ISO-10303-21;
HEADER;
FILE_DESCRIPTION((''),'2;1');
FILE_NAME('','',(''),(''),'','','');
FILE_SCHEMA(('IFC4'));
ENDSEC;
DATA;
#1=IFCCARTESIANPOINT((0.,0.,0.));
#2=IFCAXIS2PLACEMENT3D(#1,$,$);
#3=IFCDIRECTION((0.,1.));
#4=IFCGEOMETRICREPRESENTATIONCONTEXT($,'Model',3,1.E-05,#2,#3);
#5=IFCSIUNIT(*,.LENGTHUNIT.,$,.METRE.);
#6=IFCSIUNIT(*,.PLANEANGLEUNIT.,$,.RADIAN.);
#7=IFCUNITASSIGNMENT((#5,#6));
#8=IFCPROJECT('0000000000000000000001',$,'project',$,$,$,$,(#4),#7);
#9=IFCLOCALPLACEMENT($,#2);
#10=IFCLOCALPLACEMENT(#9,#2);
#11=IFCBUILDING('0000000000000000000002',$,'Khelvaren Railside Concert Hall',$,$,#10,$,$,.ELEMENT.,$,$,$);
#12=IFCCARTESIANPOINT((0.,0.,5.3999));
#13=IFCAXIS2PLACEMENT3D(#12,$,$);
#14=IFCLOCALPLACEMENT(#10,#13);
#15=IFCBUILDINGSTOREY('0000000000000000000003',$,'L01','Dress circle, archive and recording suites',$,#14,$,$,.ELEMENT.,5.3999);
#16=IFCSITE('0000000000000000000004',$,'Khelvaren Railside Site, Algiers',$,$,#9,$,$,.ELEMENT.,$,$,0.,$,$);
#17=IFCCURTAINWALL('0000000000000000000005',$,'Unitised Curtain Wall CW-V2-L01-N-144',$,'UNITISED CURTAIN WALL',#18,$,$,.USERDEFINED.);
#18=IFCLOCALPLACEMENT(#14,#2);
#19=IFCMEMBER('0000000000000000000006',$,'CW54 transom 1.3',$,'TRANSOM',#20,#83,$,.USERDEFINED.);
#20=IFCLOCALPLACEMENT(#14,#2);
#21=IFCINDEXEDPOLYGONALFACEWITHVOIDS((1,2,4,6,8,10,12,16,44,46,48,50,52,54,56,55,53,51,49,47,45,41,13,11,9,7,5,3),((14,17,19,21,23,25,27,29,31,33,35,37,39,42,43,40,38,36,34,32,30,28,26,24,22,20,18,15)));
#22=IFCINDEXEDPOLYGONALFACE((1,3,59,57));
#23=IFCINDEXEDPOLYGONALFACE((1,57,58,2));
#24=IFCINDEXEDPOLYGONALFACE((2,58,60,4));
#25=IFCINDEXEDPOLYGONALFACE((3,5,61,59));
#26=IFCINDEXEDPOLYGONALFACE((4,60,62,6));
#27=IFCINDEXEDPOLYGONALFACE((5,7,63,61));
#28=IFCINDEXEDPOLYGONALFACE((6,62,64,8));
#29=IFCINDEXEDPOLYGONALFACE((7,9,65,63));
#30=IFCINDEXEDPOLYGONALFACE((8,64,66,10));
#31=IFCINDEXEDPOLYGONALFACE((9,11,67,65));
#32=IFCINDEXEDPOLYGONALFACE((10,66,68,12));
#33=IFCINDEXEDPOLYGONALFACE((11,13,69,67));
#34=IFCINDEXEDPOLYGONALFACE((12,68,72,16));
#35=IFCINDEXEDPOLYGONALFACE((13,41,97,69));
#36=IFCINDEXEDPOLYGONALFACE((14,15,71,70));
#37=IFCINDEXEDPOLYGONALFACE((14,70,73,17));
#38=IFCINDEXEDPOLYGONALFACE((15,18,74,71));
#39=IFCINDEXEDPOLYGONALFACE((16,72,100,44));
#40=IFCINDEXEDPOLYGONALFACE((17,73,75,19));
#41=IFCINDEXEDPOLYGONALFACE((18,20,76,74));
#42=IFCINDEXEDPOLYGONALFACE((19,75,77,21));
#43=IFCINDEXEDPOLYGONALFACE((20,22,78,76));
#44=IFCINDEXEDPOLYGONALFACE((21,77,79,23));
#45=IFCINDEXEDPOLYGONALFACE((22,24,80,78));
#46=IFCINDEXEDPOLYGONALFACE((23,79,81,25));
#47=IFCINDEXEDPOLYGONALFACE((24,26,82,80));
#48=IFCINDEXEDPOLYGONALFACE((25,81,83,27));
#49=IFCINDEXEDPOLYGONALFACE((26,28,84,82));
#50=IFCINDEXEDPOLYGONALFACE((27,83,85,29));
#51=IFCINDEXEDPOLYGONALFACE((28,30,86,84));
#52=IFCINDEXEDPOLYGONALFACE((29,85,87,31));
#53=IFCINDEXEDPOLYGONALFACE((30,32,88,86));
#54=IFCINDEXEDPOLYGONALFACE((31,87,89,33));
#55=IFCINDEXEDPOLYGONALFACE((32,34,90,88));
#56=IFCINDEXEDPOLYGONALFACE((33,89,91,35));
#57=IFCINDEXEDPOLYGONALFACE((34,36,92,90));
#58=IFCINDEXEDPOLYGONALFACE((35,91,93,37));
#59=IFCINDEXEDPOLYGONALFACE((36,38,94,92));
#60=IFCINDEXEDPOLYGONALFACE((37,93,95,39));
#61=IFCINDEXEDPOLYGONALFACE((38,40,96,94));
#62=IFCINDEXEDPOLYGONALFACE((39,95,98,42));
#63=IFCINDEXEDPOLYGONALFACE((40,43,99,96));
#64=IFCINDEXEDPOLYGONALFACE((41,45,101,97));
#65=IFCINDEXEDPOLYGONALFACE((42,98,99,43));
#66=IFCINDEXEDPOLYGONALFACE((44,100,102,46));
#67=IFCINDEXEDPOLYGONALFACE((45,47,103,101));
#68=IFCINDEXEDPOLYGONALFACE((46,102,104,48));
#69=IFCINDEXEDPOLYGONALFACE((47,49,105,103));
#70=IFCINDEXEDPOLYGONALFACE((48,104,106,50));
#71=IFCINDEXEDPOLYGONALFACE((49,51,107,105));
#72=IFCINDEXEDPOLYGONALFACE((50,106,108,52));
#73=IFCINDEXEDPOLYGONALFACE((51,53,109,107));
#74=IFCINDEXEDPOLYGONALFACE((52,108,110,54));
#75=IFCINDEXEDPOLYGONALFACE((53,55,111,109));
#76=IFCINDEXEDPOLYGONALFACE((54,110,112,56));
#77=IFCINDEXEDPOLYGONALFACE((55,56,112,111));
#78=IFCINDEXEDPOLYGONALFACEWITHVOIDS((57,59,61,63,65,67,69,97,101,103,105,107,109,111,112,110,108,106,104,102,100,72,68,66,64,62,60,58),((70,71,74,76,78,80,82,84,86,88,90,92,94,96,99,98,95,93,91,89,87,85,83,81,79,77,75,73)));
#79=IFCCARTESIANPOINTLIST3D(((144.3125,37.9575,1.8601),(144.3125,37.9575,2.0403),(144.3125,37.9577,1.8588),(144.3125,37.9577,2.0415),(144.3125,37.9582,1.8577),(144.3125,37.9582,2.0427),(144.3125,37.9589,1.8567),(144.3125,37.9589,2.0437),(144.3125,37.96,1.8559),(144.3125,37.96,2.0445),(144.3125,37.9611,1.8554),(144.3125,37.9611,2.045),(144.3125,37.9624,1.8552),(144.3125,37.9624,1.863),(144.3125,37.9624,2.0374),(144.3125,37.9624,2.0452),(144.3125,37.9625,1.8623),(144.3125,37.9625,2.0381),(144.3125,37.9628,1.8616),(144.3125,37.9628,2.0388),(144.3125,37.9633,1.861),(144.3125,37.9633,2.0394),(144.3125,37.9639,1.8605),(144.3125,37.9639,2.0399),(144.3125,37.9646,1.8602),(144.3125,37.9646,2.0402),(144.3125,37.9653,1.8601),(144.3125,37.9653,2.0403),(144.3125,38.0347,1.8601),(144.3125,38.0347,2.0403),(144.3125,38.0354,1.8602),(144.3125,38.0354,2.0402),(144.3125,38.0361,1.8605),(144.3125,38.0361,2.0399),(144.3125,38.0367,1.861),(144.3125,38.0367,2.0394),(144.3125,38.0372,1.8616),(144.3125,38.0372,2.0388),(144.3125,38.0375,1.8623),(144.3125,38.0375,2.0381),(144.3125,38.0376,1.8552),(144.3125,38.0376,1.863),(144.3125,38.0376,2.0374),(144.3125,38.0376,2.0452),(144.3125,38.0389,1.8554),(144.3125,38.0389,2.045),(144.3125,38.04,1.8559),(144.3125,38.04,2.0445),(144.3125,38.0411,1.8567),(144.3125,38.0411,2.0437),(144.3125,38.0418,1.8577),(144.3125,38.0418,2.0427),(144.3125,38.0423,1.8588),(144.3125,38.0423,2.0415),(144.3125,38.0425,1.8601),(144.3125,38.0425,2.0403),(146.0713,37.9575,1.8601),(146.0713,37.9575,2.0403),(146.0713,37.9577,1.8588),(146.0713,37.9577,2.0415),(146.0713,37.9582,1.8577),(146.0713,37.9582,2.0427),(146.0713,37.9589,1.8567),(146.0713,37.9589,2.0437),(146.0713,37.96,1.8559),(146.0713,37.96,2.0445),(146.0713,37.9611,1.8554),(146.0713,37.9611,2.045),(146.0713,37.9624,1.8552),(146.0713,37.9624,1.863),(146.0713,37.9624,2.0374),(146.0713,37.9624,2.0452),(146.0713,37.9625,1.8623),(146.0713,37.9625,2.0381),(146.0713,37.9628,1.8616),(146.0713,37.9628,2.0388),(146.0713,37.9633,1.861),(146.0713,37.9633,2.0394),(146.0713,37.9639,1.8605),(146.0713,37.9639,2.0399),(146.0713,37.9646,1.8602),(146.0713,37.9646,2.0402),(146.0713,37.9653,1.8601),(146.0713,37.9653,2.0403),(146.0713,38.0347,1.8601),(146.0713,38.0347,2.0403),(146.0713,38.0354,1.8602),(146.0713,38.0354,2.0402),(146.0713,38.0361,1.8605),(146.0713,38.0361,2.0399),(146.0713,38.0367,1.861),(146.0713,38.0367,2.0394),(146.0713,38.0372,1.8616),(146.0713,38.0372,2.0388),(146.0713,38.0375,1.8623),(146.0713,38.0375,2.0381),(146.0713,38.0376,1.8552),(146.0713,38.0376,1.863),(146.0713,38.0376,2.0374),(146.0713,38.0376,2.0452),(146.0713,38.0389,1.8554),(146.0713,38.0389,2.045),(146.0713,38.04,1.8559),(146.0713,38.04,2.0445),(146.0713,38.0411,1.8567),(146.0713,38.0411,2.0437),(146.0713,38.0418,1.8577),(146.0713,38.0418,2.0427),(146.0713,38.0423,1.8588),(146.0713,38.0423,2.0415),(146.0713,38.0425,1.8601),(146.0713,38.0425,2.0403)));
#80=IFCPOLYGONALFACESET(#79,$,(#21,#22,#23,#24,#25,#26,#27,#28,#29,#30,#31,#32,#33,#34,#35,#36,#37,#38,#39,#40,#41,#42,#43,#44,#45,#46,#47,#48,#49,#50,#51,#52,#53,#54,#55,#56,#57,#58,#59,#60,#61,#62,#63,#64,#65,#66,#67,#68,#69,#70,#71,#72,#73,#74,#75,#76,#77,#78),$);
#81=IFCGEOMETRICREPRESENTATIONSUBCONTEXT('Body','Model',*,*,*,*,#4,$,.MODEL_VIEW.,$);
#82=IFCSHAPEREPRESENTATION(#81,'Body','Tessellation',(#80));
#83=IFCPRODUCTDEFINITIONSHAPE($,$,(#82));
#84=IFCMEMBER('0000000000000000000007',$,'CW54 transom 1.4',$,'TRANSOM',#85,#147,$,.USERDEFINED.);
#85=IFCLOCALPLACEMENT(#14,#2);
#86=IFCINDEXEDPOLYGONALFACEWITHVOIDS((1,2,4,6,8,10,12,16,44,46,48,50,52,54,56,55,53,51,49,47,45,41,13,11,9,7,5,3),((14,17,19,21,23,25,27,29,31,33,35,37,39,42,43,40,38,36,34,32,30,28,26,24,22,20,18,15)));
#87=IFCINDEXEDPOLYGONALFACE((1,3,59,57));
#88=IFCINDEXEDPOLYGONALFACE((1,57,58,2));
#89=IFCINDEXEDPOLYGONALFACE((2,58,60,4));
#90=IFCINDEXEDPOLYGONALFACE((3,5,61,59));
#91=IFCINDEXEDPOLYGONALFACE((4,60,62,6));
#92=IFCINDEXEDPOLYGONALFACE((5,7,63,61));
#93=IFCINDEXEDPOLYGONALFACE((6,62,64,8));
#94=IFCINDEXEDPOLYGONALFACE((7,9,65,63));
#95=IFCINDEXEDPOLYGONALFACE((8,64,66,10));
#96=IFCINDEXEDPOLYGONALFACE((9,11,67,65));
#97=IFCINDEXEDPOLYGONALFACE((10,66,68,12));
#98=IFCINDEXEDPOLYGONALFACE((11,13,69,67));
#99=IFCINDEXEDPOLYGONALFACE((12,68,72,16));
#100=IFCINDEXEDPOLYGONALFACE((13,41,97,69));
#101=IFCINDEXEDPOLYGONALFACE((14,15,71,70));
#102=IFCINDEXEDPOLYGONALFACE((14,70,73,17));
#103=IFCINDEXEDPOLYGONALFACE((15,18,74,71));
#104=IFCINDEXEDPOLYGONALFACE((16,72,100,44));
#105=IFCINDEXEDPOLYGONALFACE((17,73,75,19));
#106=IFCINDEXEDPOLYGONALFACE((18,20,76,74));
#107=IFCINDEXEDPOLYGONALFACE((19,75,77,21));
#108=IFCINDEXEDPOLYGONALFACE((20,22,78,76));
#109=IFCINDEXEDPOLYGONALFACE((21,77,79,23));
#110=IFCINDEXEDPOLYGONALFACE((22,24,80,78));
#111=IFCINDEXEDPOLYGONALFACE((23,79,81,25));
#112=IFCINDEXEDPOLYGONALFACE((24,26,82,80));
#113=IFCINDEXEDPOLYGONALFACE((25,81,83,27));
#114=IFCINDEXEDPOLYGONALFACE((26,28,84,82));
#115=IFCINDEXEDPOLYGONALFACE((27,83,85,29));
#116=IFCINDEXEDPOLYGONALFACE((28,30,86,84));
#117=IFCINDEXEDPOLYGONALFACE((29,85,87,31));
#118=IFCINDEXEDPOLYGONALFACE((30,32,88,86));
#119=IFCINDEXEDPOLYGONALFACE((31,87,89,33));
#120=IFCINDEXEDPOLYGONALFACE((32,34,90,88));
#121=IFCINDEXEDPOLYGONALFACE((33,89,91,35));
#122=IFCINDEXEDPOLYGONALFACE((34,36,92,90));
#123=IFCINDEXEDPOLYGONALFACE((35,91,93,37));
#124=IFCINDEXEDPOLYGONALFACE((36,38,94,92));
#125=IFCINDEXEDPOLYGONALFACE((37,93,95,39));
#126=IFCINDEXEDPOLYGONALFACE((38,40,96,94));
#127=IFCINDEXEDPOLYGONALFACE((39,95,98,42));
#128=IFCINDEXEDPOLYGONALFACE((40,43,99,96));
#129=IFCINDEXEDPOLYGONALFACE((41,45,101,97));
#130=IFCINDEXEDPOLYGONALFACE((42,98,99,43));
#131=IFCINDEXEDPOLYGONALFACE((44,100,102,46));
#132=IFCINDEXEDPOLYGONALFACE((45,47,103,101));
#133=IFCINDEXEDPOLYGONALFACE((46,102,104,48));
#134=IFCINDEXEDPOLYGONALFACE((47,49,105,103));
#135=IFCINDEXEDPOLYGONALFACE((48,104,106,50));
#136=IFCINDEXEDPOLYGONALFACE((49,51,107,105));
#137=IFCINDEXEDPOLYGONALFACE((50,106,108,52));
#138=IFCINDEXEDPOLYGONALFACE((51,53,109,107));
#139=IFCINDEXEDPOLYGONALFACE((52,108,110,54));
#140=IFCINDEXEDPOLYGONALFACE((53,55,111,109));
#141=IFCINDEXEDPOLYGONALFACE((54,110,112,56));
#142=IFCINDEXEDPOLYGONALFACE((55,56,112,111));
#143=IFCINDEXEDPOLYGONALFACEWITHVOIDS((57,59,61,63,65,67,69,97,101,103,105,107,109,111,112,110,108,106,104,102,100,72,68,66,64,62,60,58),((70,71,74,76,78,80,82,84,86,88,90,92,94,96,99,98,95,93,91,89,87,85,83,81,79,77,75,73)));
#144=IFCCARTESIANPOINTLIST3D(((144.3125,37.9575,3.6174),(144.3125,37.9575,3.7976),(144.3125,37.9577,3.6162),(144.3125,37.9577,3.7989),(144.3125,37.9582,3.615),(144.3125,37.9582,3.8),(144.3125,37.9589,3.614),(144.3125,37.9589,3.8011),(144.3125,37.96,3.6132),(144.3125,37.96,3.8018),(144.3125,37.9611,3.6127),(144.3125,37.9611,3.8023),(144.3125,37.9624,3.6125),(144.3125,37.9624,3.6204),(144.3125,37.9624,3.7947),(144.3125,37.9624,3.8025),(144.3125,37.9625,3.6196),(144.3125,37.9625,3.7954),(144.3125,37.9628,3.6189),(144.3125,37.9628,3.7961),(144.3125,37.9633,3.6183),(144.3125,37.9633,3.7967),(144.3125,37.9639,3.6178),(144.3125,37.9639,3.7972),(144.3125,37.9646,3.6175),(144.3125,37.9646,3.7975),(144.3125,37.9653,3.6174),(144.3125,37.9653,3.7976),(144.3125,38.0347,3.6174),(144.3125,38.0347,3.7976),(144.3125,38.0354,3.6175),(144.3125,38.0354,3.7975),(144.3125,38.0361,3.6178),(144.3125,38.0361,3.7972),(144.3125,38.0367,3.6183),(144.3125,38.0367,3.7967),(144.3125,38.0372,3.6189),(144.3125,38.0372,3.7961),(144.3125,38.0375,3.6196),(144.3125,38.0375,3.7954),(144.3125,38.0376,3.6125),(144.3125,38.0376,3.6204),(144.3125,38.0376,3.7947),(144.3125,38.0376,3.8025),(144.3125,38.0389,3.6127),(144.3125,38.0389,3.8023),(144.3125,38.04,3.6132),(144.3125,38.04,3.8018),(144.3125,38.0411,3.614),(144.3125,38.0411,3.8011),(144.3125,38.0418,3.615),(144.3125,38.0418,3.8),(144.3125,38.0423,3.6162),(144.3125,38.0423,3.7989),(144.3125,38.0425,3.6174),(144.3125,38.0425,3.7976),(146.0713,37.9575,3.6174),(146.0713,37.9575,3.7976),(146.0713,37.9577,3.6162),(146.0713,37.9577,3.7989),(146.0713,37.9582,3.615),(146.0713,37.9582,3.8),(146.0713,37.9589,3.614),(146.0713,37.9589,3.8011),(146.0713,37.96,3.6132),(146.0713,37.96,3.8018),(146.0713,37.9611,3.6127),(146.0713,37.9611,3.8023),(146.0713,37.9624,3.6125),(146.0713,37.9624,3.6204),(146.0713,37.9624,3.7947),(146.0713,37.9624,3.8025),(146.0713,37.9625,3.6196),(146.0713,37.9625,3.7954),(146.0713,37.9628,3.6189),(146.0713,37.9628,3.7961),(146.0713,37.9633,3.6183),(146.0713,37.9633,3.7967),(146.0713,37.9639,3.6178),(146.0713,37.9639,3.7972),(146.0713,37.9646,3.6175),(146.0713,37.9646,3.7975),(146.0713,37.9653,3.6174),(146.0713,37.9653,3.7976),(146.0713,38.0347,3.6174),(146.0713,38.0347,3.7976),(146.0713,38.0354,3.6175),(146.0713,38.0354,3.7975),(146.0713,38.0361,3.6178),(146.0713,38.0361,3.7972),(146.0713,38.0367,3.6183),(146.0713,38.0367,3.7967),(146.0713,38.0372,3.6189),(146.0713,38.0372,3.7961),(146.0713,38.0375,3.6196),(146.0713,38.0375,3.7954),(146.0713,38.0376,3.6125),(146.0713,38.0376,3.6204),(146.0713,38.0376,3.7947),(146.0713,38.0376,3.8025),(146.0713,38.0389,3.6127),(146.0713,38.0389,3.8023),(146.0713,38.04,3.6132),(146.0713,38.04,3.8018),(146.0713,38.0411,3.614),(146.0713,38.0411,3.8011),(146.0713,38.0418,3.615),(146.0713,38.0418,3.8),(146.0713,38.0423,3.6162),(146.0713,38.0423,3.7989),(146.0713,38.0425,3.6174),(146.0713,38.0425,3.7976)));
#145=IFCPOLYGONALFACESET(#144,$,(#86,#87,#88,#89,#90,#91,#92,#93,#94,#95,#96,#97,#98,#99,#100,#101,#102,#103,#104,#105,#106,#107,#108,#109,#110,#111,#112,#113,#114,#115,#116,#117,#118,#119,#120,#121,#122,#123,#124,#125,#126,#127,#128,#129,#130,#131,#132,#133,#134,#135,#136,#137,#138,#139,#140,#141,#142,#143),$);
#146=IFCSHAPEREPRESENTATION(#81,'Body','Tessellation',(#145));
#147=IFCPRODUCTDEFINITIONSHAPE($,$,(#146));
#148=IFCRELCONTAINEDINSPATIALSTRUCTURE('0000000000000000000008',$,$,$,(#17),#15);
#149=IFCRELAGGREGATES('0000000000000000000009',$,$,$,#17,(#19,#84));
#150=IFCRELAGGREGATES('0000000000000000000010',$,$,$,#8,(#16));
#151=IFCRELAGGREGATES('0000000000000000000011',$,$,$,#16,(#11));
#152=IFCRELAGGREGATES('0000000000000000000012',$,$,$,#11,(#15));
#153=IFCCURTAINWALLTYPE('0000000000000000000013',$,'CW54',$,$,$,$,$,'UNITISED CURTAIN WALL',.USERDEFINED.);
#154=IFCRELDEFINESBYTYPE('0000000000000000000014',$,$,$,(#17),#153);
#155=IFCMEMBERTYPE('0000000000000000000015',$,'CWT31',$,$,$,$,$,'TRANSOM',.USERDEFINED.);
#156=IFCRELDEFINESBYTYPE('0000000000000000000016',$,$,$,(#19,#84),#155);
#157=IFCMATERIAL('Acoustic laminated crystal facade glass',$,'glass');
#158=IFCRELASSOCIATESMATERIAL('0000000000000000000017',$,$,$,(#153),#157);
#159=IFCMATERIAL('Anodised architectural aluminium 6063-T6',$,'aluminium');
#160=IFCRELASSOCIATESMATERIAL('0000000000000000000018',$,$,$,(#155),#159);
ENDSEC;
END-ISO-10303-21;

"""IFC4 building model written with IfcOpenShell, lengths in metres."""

from ifc_helpers import new_model, si_unit, direction, frame, origin, origin_2d, place, context, subcontext, project, spatial, hollow_rectangle, extrude, material, material_profile, profile_set, type_object, element, aggregate, save


model = new_model("IFC4")

# Units and contexts
model_context = context("Model", 3, precision=1e-05, world=origin(), true_north=direction((0.0, 1.0)))
body_context = subcontext(model_context, "Body", "Model", "MODEL_VIEW")
ifc_project = project(units=[si_unit("LENGTHUNIT", "METRE"), si_unit("PLANEANGLEUNIT", "RADIAN")], contexts=[model_context])

# Site, building, storey
site_placement = place(None, origin())
site = spatial("IfcSite", under=ifc_project, at=site_placement, Name="Khelvaren Railside Site, Algiers", CompositionType="ELEMENT", RefElevation=0.0)
building_placement = place(site_placement, origin())
building = spatial("IfcBuilding", under=site, at=building_placement, Name="Khelvaren Railside Concert Hall", CompositionType="ELEMENT")
storey_placement = place(building_placement, frame((0.0, 0.0, 5.3999)))
storey = spatial("IfcBuildingStorey", under=building, at=storey_placement, Name="L01", Description="Dress circle, archive and recording suites", CompositionType="ELEMENT", Elevation=5.3999)

# Curtain wall
ifc_material_1 = material(Name="Acoustic laminated crystal facade glass", Category="glass")
curtain_wall_type_1 = type_object("IfcCurtainWallType", Name="CW54", ElementType="UNITISED CURTAIN WALL", PredefinedType="USERDEFINED", material=ifc_material_1)
curtain_wall_1_placement = place(storey_placement, origin())
curtain_wall_1 = element("IfcCurtainWall", 1, at=curtain_wall_1_placement, inside=storey, type_object=curtain_wall_type_1, Name="Unitised Curtain Wall CW-V2-L01-N-144", ObjectType="UNITISED CURTAIN WALL", PredefinedType="USERDEFINED")
ifc_material_2 = material(Name="Anodised architectural aluminium 6063-T6", Category="aluminium")

# Members
ifc_material_profile_1 = material_profile(ifc_material_2, hollow_rectangle(XDim=0.085, YDim=0.1899, WallThickness=0.0049, InnerFilletRadius=0.0029, OuterFilletRadius=0.0049, at=origin_2d()), Name="CWT 85x190x5")
ifc_profile_set_1 = profile_set([ifc_material_profile_1], Name="Anodised architectural aluminium 6063-T6")
member_type_1 = type_object("IfcMemberType", Name="CWT31", ElementType="TRANSOM", PredefinedType="USERDEFINED", material=ifc_profile_set_1)
member_1_placement = place(storey_placement, frame((144.3125, 38.0, 1.9502), z_axis=(1.0, 0.0, 0.0), x_axis=(0.0, 1.0, 0.0)))
member_1 = element("IfcMember", 2, at=member_1_placement, type_object=member_type_1, Name="CW54 transom 1.3", ObjectType="TRANSOM", PredefinedType="USERDEFINED", context=body_context, shape_type="SweptSolid", body=[
    extrude(hollow_rectangle(XDim=0.085, YDim=0.1899, WallThickness=0.0049, InnerFilletRadius=0.0029, OuterFilletRadius=0.0049, at=origin_2d()), origin(), (0.0, 0.0, 1.0), 1.7588),
])
member_2_placement = place(storey_placement, frame((144.3125, 38.0, 3.7075), z_axis=(1.0, 0.0, 0.0), x_axis=(0.0, 1.0, 0.0)))
member_2 = element("IfcMember", 3, at=member_2_placement, type_object=member_type_1, Name="CW54 transom 1.4", ObjectType="TRANSOM", PredefinedType="USERDEFINED", context=body_context, shape_type="SweptSolid", body=[
    extrude(hollow_rectangle(XDim=0.085, YDim=0.1899, WallThickness=0.0049, InnerFilletRadius=0.0029, OuterFilletRadius=0.0049, at=origin_2d()), origin(), (0.0, 0.0, 1.0), 1.7588),
])

aggregate(curtain_wall_1, [member_1, member_2])

save(model, "model.ifc")
